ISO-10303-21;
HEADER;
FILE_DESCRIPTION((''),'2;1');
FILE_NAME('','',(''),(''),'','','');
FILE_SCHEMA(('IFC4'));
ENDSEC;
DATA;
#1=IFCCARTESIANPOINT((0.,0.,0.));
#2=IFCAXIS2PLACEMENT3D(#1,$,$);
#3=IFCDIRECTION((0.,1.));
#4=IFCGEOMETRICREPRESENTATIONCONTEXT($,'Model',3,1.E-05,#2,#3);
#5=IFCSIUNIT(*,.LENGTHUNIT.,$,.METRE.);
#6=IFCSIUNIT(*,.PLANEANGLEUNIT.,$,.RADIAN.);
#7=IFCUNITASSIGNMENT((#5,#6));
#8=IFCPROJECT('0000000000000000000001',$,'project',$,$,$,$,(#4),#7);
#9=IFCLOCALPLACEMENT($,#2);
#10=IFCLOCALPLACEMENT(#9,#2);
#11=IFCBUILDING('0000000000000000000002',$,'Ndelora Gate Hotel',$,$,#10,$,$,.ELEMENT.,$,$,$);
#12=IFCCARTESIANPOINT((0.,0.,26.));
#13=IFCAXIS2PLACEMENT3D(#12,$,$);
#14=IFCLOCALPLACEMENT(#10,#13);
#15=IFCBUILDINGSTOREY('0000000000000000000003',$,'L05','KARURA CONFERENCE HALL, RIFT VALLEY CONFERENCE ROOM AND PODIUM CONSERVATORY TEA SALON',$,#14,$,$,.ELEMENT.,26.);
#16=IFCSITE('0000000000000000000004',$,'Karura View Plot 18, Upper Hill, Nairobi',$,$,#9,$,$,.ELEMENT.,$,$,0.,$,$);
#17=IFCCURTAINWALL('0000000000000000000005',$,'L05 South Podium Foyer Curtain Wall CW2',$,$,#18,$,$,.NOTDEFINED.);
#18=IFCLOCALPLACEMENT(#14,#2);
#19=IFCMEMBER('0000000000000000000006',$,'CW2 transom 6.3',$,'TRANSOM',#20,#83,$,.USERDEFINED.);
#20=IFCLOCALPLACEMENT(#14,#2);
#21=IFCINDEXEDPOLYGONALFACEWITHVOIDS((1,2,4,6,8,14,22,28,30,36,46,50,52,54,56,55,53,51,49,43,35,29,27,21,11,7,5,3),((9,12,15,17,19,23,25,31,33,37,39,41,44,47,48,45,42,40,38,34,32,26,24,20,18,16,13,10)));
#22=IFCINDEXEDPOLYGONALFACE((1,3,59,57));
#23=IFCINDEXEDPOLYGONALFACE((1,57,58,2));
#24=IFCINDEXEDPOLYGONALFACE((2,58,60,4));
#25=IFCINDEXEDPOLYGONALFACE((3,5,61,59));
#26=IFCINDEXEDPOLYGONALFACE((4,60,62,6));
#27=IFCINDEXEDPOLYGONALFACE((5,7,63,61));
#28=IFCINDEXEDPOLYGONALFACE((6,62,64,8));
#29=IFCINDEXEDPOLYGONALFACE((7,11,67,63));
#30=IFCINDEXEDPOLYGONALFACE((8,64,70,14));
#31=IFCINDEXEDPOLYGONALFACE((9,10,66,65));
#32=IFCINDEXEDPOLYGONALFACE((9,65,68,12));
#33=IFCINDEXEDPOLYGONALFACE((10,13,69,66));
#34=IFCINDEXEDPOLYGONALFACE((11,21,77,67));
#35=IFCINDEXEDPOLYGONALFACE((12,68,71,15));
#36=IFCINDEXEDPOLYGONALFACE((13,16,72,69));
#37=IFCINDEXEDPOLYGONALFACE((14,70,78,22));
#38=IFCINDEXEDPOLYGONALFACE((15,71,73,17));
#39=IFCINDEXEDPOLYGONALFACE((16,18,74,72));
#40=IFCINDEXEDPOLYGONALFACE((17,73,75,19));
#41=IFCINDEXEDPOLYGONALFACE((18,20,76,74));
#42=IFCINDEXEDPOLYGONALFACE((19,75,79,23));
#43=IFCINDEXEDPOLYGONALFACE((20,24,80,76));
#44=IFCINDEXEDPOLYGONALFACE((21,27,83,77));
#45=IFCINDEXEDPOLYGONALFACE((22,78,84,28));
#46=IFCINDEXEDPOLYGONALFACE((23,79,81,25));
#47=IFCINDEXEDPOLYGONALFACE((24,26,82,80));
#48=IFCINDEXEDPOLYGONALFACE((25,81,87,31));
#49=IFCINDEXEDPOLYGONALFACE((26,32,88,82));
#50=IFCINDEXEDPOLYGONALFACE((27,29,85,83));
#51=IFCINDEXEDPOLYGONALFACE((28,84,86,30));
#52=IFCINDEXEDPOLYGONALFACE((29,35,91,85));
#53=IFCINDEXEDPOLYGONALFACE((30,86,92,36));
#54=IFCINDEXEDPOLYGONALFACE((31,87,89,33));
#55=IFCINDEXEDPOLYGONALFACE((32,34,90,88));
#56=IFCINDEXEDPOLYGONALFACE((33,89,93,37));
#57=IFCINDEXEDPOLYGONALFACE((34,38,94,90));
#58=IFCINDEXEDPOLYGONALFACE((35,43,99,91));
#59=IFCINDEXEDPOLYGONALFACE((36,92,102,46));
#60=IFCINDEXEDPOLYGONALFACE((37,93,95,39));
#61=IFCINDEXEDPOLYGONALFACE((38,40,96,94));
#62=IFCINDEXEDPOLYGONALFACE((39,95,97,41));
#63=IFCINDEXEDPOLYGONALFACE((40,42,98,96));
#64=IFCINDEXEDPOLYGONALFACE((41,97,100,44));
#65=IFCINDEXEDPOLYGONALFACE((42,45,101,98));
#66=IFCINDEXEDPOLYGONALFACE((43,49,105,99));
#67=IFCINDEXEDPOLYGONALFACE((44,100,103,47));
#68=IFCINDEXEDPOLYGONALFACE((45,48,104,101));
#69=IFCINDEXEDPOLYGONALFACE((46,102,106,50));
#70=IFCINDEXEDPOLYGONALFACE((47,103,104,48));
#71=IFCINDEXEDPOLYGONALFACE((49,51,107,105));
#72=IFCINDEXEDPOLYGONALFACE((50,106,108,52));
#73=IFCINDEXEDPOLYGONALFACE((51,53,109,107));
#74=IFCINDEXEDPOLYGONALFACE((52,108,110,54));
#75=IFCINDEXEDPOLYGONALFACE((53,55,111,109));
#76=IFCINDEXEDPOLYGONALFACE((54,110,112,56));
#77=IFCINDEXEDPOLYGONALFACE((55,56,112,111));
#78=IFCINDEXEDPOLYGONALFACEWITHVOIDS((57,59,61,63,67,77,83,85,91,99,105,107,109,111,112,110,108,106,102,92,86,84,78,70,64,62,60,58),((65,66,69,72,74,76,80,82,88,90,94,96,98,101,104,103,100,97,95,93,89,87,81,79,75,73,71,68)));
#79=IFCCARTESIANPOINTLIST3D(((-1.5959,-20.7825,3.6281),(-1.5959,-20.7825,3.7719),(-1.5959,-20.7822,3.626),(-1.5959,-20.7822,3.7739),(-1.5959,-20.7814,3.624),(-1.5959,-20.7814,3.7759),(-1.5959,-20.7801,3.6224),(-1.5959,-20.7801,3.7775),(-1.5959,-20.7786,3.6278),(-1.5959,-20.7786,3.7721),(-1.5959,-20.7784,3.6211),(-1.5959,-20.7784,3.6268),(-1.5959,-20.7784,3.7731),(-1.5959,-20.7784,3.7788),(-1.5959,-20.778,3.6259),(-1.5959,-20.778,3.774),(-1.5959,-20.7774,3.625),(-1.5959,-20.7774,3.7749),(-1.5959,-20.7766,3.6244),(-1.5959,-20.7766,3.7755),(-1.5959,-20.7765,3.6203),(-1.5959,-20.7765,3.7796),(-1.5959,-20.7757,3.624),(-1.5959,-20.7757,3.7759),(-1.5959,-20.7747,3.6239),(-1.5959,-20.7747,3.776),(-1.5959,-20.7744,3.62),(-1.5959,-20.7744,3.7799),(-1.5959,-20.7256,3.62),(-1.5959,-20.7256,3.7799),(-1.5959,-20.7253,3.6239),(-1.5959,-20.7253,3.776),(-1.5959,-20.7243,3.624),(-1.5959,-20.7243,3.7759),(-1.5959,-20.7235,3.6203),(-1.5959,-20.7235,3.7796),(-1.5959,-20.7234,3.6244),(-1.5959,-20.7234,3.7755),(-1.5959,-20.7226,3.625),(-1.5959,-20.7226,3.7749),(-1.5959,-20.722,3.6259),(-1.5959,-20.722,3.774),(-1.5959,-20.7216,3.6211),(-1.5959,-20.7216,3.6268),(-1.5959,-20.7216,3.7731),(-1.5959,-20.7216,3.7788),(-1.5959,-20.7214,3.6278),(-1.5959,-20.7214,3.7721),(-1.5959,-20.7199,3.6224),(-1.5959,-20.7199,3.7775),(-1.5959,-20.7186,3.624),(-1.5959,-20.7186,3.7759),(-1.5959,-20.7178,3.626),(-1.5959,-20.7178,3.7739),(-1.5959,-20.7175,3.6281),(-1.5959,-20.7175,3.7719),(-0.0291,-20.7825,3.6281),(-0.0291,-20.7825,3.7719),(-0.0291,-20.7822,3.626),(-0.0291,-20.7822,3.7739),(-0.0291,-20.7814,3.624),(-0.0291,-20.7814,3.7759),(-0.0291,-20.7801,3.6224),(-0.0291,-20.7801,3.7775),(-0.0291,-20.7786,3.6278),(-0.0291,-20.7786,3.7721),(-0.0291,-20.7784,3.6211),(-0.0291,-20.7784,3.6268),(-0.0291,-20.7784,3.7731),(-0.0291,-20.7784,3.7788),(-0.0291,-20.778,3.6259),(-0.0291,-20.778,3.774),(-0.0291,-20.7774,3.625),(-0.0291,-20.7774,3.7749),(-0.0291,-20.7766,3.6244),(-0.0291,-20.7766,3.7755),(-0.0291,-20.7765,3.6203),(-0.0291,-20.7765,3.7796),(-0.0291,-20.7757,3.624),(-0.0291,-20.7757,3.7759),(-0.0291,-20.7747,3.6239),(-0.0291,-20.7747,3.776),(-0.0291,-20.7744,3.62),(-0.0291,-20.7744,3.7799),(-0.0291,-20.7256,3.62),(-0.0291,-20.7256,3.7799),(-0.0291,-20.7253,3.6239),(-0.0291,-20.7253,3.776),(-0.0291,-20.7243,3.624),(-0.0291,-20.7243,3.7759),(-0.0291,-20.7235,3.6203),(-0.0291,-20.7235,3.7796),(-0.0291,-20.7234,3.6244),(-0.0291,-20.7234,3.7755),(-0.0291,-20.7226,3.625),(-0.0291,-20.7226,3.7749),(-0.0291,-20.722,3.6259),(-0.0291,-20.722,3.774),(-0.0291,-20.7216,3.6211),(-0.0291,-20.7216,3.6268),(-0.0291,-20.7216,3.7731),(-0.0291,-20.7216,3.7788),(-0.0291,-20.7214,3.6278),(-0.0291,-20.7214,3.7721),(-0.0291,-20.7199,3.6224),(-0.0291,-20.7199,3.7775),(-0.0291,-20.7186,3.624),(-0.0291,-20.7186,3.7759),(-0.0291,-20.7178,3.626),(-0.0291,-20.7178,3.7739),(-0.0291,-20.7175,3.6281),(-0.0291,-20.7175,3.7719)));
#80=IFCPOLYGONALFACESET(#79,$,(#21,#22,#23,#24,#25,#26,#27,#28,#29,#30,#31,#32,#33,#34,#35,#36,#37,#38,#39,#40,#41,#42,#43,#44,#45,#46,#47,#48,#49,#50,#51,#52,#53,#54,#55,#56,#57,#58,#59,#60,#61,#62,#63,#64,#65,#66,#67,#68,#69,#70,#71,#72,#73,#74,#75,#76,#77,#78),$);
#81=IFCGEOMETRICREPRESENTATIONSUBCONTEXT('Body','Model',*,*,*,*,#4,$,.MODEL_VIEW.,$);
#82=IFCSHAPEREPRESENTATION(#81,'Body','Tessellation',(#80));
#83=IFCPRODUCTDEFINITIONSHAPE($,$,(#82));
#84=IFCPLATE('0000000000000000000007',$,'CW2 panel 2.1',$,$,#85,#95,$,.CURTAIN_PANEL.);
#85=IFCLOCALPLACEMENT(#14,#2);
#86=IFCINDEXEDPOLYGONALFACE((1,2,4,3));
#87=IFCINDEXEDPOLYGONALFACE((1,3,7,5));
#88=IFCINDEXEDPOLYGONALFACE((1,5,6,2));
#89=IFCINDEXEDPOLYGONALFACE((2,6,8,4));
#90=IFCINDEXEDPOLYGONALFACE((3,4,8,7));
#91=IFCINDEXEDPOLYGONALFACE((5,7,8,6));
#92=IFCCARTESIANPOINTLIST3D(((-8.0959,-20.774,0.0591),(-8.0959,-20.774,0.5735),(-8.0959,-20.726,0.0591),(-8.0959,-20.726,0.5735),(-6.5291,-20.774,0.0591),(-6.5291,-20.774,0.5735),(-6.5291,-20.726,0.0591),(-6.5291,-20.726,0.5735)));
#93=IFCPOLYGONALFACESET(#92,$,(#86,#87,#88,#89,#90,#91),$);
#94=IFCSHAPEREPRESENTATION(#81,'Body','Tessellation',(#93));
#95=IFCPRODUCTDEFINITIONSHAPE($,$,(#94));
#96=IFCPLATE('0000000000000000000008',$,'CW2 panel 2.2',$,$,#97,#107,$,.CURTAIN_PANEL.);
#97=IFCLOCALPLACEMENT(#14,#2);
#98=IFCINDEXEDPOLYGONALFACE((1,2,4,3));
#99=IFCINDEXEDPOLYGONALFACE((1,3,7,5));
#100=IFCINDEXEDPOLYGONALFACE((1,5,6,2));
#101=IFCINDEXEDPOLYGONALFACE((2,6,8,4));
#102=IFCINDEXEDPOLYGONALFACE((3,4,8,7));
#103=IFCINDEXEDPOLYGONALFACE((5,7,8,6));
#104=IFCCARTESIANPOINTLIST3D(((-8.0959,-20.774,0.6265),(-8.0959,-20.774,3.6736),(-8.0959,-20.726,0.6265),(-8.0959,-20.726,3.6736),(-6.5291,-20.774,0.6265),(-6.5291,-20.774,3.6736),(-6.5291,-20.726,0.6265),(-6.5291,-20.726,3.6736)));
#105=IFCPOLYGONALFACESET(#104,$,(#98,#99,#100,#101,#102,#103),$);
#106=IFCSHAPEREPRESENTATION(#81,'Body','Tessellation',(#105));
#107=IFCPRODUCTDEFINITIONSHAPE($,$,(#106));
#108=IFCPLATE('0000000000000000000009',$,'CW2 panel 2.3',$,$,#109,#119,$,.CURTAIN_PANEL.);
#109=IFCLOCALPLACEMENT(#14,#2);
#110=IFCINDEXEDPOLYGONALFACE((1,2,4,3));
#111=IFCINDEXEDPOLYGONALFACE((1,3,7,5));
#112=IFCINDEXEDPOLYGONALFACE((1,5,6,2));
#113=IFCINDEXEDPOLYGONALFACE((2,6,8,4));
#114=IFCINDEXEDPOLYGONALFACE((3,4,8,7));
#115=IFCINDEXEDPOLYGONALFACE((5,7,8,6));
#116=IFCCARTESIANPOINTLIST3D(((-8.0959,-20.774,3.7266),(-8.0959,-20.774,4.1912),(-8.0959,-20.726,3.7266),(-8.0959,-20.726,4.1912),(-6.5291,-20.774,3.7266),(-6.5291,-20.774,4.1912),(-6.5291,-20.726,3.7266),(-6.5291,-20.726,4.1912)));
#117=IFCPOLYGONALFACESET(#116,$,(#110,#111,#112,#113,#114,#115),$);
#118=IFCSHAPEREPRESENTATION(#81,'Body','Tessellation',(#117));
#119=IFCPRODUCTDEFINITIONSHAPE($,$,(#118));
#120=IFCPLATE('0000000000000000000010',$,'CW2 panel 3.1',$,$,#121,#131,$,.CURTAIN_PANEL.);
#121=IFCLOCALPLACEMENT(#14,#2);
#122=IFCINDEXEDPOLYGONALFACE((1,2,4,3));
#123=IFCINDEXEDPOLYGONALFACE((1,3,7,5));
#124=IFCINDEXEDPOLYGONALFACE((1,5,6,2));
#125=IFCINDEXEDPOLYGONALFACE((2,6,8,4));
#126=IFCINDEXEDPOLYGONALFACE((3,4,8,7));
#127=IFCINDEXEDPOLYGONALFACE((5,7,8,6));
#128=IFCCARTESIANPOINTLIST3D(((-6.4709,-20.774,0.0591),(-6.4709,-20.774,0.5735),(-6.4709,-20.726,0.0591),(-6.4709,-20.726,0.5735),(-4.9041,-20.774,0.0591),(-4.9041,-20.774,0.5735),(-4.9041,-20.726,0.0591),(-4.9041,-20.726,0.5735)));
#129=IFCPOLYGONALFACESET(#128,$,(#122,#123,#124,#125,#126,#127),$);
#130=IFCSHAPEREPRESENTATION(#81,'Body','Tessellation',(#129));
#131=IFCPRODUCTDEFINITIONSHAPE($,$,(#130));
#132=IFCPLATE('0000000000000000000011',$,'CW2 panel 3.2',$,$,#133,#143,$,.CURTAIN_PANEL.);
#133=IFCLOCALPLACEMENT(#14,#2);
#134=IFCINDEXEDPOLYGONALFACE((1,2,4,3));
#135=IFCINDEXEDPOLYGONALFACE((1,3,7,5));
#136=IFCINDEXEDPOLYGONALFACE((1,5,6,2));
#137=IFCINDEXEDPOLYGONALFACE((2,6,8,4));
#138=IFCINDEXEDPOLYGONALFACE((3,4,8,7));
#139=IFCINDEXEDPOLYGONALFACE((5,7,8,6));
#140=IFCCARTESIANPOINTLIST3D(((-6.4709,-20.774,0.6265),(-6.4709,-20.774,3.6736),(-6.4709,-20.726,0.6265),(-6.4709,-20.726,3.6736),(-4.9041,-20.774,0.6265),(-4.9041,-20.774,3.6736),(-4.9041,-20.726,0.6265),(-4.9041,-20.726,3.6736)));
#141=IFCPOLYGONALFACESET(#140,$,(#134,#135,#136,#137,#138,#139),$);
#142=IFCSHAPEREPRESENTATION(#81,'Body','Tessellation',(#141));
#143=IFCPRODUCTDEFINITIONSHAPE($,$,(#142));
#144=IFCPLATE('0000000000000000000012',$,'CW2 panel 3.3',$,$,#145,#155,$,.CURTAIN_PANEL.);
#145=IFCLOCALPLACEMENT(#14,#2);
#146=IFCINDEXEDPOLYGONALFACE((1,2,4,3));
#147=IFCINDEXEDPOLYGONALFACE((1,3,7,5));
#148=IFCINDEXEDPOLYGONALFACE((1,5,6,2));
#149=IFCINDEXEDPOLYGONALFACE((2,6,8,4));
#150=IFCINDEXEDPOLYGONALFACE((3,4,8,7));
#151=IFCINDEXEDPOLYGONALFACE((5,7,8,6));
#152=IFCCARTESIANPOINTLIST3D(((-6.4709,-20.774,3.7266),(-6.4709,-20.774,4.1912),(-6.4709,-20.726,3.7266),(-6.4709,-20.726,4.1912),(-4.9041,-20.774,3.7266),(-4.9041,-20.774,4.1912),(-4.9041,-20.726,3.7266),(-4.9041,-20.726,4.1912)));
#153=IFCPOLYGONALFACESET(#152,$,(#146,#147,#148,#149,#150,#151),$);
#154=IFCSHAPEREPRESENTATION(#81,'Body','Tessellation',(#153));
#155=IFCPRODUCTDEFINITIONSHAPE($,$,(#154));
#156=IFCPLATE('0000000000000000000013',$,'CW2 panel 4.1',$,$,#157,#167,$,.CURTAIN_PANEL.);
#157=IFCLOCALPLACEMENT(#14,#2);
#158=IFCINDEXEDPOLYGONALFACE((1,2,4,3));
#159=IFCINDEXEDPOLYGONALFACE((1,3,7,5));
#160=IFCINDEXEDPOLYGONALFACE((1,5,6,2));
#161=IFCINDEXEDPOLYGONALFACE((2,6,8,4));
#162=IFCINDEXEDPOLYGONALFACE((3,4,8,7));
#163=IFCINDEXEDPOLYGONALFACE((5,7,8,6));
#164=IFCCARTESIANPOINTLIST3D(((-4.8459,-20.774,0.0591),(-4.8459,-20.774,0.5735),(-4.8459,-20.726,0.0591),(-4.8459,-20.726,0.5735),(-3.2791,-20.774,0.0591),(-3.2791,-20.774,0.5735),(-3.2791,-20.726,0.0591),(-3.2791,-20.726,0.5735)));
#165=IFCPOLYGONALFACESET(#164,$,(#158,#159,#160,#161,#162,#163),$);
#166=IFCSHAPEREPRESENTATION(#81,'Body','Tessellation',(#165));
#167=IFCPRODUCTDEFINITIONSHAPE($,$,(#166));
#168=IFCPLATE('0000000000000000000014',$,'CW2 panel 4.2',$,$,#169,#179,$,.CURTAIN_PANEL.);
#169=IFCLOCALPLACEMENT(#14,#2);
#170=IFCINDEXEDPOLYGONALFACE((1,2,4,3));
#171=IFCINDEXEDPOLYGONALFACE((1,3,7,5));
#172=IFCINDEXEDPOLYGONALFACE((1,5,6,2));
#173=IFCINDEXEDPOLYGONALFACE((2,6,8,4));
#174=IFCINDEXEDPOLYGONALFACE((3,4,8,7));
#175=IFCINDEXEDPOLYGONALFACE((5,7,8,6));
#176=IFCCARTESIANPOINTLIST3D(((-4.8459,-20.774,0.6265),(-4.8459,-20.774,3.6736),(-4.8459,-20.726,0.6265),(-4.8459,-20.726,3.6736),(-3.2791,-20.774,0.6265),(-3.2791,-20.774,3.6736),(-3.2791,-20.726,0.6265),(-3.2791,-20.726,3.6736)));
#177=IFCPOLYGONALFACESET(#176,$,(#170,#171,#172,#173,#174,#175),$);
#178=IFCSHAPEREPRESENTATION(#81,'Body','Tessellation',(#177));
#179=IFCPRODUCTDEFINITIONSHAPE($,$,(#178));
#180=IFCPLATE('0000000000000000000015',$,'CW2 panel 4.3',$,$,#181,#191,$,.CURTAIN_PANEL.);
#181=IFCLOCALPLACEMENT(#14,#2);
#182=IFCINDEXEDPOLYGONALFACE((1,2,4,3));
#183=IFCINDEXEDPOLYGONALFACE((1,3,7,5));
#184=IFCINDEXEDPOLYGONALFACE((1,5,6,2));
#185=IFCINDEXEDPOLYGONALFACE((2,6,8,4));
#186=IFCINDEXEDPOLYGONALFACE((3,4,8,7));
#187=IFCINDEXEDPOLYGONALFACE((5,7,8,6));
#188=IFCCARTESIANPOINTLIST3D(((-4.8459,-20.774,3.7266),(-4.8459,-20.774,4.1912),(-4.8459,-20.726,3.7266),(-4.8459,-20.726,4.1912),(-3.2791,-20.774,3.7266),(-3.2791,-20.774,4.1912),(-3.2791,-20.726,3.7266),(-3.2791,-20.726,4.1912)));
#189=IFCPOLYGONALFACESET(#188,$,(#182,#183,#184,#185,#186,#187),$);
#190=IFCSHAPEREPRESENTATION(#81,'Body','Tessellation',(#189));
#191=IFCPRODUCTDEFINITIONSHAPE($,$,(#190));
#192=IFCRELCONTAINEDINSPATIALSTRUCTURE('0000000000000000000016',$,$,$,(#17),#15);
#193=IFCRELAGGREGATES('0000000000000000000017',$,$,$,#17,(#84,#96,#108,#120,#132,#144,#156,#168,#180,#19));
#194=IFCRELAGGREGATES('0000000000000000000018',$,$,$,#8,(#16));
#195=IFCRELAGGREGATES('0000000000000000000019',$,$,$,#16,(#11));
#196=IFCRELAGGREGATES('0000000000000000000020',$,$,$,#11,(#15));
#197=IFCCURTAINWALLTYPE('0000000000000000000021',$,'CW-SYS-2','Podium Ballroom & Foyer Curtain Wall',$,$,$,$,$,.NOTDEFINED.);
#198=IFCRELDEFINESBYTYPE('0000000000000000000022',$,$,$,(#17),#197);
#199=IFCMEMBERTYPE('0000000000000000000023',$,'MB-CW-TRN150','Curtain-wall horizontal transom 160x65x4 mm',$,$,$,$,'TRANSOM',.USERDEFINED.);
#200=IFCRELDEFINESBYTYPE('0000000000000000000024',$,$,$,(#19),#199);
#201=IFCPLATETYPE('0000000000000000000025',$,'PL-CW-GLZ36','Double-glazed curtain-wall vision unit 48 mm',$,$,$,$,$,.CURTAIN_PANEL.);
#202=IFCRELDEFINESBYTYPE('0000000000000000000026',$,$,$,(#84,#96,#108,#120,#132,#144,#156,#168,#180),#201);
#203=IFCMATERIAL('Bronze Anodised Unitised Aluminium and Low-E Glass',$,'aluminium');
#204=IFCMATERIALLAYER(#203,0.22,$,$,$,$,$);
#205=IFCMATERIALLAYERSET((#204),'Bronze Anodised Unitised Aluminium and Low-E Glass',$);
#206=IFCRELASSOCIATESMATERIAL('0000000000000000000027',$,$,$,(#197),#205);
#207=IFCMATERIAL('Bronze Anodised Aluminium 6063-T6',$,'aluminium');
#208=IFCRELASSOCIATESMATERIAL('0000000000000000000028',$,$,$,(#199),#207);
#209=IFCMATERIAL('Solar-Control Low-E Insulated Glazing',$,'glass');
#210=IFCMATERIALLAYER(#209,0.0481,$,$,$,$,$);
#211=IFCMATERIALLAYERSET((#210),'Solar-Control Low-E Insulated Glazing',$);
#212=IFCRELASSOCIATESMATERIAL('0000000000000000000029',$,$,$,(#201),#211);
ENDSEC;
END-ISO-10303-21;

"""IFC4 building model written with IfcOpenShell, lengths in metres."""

from ifc_helpers import new_model, si_unit, direction, frame, origin, origin_2d, place, context, subcontext, project, spatial, rectangle, hollow_rectangle, extrude, material, layer, layer_set, material_profile, profile_set, type_object, element, aggregate, save


model = new_model("IFC4")

# Units and contexts
model_context = context("Model", 3, precision=1e-05, world=origin(), true_north=direction((0.0, 1.0)))
body_context = subcontext(model_context, "Body", "Model", "MODEL_VIEW")
ifc_project = project(units=[si_unit("LENGTHUNIT", "METRE"), si_unit("PLANEANGLEUNIT", "RADIAN")], contexts=[model_context])

# Site, building, storey
site_placement = place(None, origin())
site = spatial("IfcSite", under=ifc_project, at=site_placement, Name="Karura View Plot 18, Upper Hill, Nairobi", CompositionType="ELEMENT", RefElevation=0.0)
building_placement = place(site_placement, origin())
building = spatial("IfcBuilding", under=site, at=building_placement, Name="Ndelora Gate Hotel", CompositionType="ELEMENT")
storey_placement = place(building_placement, frame((0.0, 0.0, 26.0)))
storey = spatial("IfcBuildingStorey", under=building, at=storey_placement, Name="L05", Description="KARURA CONFERENCE HALL, RIFT VALLEY CONFERENCE ROOM AND PODIUM CONSERVATORY TEA SALON", CompositionType="ELEMENT", Elevation=26.0)

# Curtain wall, member, plates
ifc_material_1 = material(Name="Bronze Anodised Unitised Aluminium and Low-E Glass", Category="aluminium")
ifc_layer_1 = layer(ifc_material_1, 0.22)
ifc_layer_set_1 = layer_set([ifc_layer_1], Name="Bronze Anodised Unitised Aluminium and Low-E Glass")
curtain_wall_type = type_object("IfcCurtainWallType", Name="CW-SYS-2", Description="Podium Ballroom & Foyer Curtain Wall", PredefinedType="NOTDEFINED", material=ifc_layer_set_1)
curtain_wall_placement = place(storey_placement, origin())
curtain_wall = element("IfcCurtainWall", 1, at=curtain_wall_placement, inside=storey, type_object=curtain_wall_type, Name="L05 South Podium Foyer Curtain Wall CW2", PredefinedType="NOTDEFINED")
ifc_material_2 = material(Name="Bronze Anodised Aluminium 6063-T6", Category="aluminium")
ifc_material_profile_1 = material_profile(ifc_material_2, hollow_rectangle(XDim=0.0649, YDim=0.1599, WallThickness=0.0039, InnerFilletRadius=0.0039, OuterFilletRadius=0.0081, at=origin_2d()), Name="ALU 160x65x4")
ifc_profile_set_1 = profile_set([ifc_material_profile_1], Name="Bronze Anodised Aluminium 6063-T6")
member_type_1 = type_object("IfcMemberType", Name="MB-CW-TRN150", Description="Curtain-wall horizontal transom 160x65x4 mm", ElementType="TRANSOM", PredefinedType="USERDEFINED", material=ifc_profile_set_1)
member_1_placement = place(storey_placement, frame((-1.5959, -20.75, 3.7), z_axis=(1.0, 0.0, 0.0), x_axis=(0.0, 1.0, 0.0)))
member_1 = element("IfcMember", 2, at=member_1_placement, type_object=member_type_1, Name="CW2 transom 6.3", ObjectType="TRANSOM", PredefinedType="USERDEFINED", context=body_context, shape_type="SweptSolid", body=[
    extrude(hollow_rectangle(XDim=0.0649, YDim=0.1599, WallThickness=0.0039, InnerFilletRadius=0.0039, OuterFilletRadius=0.0081, at=origin_2d()), origin(), (0.0, 0.0, 1.0), 1.5669),
])
ifc_material_3 = material(Name="Solar-Control Low-E Insulated Glazing", Category="glass")
ifc_layer_2 = layer(ifc_material_3, 0.0481)
ifc_layer_set_2 = layer_set([ifc_layer_2], Name="Solar-Control Low-E Insulated Glazing")
plate_type = type_object("IfcPlateType", Name="PL-CW-GLZ36", Description="Double-glazed curtain-wall vision unit 48 mm", PredefinedType="CURTAIN_PANEL", material=ifc_layer_set_2)
plate_1_placement = place(storey_placement, frame((-7.3125, -20.75, 0.0591), z_axis=(0.0, 0.0, 1.0), x_axis=(1.0, 0.0, 0.0)))
plate_1 = element("IfcPlate", 3, at=plate_1_placement, type_object=plate_type, Name="CW2 panel 2.1", PredefinedType="CURTAIN_PANEL", context=body_context, shape_type="SweptSolid", body=[
    extrude(rectangle(XDim=1.5669, YDim=0.0481, at=origin_2d()), origin(), (0.0, 0.0, 1.0), 0.5144),
])
plate_2_placement = place(storey_placement, frame((-7.3125, -20.75, 0.6265), z_axis=(0.0, 0.0, 1.0), x_axis=(1.0, 0.0, 0.0)))
plate_2 = element("IfcPlate", 4, at=plate_2_placement, type_object=plate_type, Name="CW2 panel 2.2", PredefinedType="CURTAIN_PANEL", context=body_context, shape_type="SweptSolid", body=[
    extrude(rectangle(XDim=1.5669, YDim=0.0481, at=origin_2d()), origin(), (0.0, 0.0, 1.0), 3.0471),
])
plate_3_placement = place(storey_placement, frame((-7.3125, -20.75, 3.7266), z_axis=(0.0, 0.0, 1.0), x_axis=(1.0, 0.0, 0.0)))
plate_3 = element("IfcPlate", 5, at=plate_3_placement, type_object=plate_type, Name="CW2 panel 2.3", PredefinedType="CURTAIN_PANEL", context=body_context, shape_type="SweptSolid", body=[
    extrude(rectangle(XDim=1.5669, YDim=0.0481, at=origin_2d()), origin(), (0.0, 0.0, 1.0), 0.4646),
])
plate_4_placement = place(storey_placement, frame((-5.6875, -20.75, 0.0591), z_axis=(0.0, 0.0, 1.0), x_axis=(1.0, 0.0, 0.0)))
plate_4 = element("IfcPlate", 6, at=plate_4_placement, type_object=plate_type, Name="CW2 panel 3.1", PredefinedType="CURTAIN_PANEL", context=body_context, shape_type="SweptSolid", body=[
    extrude(rectangle(XDim=1.5669, YDim=0.0481, at=origin_2d()), origin(), (0.0, 0.0, 1.0), 0.5144),
])
plate_5_placement = place(storey_placement, frame((-5.6875, -20.75, 0.6265), z_axis=(0.0, 0.0, 1.0), x_axis=(1.0, 0.0, 0.0)))
plate_5 = element("IfcPlate", 7, at=plate_5_placement, type_object=plate_type, Name="CW2 panel 3.2", PredefinedType="CURTAIN_PANEL", context=body_context, shape_type="SweptSolid", body=[
    extrude(rectangle(XDim=1.5669, YDim=0.0481, at=origin_2d()), origin(), (0.0, 0.0, 1.0), 3.0471),
])
plate_6_placement = place(storey_placement, frame((-5.6875, -20.75, 3.7266), z_axis=(0.0, 0.0, 1.0), x_axis=(1.0, 0.0, 0.0)))
plate_6 = element("IfcPlate", 8, at=plate_6_placement, type_object=plate_type, Name="CW2 panel 3.3", PredefinedType="CURTAIN_PANEL", context=body_context, shape_type="SweptSolid", body=[
    extrude(rectangle(XDim=1.5669, YDim=0.0481, at=origin_2d()), origin(), (0.0, 0.0, 1.0), 0.4646),
])
plate_7_placement = place(storey_placement, frame((-4.0625, -20.75, 0.0591), z_axis=(0.0, 0.0, 1.0), x_axis=(1.0, 0.0, 0.0)))
plate_7 = element("IfcPlate", 9, at=plate_7_placement, type_object=plate_type, Name="CW2 panel 4.1", PredefinedType="CURTAIN_PANEL", context=body_context, shape_type="SweptSolid", body=[
    extrude(rectangle(XDim=1.5669, YDim=0.0481, at=origin_2d()), origin(), (0.0, 0.0, 1.0), 0.5144),
])
plate_8_placement = place(storey_placement, frame((-4.0625, -20.75, 0.6265), z_axis=(0.0, 0.0, 1.0), x_axis=(1.0, 0.0, 0.0)))
plate_8 = element("IfcPlate", 10, at=plate_8_placement, type_object=plate_type, Name="CW2 panel 4.2", PredefinedType="CURTAIN_PANEL", context=body_context, shape_type="SweptSolid", body=[
    extrude(rectangle(XDim=1.5669, YDim=0.0481, at=origin_2d()), origin(), (0.0, 0.0, 1.0), 3.0471),
])
plate_9_placement = place(storey_placement, frame((-4.0625, -20.75, 3.7266), z_axis=(0.0, 0.0, 1.0), x_axis=(1.0, 0.0, 0.0)))
plate_9 = element("IfcPlate", 11, at=plate_9_placement, type_object=plate_type, Name="CW2 panel 4.3", PredefinedType="CURTAIN_PANEL", context=body_context, shape_type="SweptSolid", body=[
    extrude(rectangle(XDim=1.5669, YDim=0.0481, at=origin_2d()), origin(), (0.0, 0.0, 1.0), 0.4646),
])
aggregate(curtain_wall, [plate_1, plate_2, plate_3, plate_4, plate_5, plate_6, plate_7, plate_8, plate_9, member_1])

save(model, "model.ifc")
